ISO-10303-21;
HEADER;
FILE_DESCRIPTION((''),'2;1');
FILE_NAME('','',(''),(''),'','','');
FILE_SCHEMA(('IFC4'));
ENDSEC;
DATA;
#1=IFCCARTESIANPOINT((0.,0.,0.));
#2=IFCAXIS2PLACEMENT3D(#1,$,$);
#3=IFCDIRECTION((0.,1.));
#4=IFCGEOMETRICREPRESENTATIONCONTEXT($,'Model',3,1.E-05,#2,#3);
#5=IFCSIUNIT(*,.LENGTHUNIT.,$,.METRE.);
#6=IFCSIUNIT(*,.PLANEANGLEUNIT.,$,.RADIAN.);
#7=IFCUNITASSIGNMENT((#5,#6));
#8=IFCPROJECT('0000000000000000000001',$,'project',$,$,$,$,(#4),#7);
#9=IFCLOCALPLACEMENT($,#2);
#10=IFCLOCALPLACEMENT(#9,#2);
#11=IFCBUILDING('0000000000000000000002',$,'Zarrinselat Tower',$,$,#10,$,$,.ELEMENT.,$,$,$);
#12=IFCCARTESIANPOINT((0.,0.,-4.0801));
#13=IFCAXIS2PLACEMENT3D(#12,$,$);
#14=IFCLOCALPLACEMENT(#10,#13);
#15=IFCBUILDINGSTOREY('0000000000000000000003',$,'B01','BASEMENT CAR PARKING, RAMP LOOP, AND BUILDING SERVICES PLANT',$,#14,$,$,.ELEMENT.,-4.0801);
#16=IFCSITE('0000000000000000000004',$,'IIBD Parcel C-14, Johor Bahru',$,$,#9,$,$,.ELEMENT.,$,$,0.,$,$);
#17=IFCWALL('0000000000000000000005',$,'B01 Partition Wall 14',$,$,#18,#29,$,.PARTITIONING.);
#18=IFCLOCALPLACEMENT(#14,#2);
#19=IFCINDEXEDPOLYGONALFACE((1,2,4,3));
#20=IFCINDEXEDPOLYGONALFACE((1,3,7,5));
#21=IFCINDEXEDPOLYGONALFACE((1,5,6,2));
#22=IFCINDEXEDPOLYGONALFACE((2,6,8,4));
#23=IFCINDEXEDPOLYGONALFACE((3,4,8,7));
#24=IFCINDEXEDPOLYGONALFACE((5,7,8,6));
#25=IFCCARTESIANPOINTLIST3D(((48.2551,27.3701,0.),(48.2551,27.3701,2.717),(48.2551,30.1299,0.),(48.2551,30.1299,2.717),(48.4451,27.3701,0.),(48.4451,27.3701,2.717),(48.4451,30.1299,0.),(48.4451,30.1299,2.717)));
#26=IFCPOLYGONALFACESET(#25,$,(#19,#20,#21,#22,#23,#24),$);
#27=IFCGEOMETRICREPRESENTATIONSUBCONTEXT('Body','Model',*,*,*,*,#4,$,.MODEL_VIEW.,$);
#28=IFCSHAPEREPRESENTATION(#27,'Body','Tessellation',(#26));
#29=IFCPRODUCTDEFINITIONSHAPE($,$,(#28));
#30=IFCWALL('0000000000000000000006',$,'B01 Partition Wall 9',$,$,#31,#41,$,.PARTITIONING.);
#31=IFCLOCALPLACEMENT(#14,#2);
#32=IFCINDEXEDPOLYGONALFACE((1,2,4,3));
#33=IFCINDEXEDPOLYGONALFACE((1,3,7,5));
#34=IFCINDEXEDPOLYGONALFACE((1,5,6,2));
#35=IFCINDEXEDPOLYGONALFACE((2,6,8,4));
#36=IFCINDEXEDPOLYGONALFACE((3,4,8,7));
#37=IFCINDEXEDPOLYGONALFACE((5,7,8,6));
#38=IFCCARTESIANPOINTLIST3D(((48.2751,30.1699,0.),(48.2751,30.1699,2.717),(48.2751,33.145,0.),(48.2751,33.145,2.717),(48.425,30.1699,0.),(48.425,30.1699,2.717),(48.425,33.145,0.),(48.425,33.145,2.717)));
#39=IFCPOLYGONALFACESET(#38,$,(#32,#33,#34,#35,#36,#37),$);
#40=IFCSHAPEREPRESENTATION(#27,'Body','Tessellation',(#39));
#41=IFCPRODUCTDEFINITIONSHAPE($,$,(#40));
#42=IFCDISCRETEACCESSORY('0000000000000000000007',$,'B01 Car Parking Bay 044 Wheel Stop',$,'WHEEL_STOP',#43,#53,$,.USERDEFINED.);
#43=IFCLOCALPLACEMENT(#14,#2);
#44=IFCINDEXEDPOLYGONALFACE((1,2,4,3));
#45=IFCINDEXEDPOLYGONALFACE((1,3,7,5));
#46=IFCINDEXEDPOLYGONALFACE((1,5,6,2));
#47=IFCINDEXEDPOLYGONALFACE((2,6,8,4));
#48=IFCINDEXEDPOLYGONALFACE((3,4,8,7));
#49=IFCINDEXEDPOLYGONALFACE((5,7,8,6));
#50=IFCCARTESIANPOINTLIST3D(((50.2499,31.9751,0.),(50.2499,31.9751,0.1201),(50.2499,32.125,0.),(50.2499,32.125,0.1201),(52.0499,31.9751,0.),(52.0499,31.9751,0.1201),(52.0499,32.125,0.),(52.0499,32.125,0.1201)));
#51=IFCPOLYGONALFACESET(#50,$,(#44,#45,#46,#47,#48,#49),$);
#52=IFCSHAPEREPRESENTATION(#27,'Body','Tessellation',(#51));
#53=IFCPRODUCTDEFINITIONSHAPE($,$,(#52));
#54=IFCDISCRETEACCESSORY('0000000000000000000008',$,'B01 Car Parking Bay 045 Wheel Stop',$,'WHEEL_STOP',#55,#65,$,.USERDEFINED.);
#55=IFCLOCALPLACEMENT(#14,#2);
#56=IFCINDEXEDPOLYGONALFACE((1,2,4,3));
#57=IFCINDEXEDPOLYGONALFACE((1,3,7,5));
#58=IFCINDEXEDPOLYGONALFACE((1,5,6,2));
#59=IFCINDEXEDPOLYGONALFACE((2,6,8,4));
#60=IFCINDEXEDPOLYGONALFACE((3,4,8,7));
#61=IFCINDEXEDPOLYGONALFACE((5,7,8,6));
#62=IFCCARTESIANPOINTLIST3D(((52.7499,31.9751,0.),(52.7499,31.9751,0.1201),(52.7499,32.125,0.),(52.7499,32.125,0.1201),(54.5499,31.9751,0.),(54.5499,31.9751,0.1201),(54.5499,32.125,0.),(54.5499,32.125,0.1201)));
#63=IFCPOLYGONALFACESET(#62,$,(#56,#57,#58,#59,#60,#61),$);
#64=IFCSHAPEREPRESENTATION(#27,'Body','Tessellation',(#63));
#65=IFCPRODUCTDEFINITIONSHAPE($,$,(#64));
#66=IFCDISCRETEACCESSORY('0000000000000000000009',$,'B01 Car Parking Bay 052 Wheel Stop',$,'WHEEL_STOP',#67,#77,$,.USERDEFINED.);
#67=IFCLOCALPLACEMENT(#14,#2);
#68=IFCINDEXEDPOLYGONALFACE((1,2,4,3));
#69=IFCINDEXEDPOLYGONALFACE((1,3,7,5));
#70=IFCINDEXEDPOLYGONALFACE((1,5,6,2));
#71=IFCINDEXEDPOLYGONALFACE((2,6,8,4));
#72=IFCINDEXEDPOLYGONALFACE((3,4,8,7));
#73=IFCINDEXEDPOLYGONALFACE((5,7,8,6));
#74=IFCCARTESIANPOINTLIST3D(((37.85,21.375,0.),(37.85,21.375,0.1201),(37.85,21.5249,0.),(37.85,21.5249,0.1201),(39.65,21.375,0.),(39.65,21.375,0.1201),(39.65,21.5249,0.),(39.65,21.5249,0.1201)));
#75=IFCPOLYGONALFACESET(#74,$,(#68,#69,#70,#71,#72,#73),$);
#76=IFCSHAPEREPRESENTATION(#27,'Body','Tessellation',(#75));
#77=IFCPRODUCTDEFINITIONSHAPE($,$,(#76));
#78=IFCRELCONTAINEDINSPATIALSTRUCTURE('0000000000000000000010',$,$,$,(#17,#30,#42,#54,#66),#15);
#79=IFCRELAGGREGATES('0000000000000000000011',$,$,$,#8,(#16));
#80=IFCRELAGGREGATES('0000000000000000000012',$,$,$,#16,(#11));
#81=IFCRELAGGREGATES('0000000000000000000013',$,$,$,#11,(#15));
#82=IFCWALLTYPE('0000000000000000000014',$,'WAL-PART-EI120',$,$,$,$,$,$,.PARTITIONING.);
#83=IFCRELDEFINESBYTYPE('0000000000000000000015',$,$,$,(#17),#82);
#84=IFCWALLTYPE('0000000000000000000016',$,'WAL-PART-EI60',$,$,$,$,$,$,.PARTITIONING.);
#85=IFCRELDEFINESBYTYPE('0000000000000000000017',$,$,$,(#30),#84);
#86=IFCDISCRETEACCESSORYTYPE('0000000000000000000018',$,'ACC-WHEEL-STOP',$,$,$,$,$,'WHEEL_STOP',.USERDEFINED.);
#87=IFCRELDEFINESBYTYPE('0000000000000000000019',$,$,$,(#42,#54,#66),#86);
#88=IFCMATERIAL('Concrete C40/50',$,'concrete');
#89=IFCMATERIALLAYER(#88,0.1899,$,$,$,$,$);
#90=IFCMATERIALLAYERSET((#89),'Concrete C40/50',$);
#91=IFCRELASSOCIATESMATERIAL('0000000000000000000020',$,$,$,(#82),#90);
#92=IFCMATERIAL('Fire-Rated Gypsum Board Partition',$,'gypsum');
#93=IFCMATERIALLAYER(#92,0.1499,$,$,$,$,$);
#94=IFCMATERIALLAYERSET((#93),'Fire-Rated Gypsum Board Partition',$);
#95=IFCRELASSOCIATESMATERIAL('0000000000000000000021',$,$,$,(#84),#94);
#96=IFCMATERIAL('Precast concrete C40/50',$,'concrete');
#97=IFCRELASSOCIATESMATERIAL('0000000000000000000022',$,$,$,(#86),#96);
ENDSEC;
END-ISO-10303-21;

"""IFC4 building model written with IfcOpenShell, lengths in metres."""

from ifc_helpers import new_model, si_unit, direction, frame, frame_2d, origin, origin_2d, place, context, subcontext, project, spatial, rectangle, extrude, material, layer, layer_set, type_object, element, save


model = new_model("IFC4")

# Units and contexts
model_context = context("Model", 3, precision=1e-05, world=origin(), true_north=direction((0.0, 1.0)))
body_context = subcontext(model_context, "Body", "Model", "MODEL_VIEW")
ifc_project = project(units=[si_unit("LENGTHUNIT", "METRE"), si_unit("PLANEANGLEUNIT", "RADIAN")], contexts=[model_context])

# Site, building, storey
site_placement = place(None, origin())
site = spatial("IfcSite", under=ifc_project, at=site_placement, Name="IIBD Parcel C-14, Johor Bahru", CompositionType="ELEMENT", RefElevation=0.0)
building_placement = place(site_placement, origin())
building = spatial("IfcBuilding", under=site, at=building_placement, Name="Zarrinselat Tower", CompositionType="ELEMENT")
storey_placement = place(building_placement, frame((0.0, 0.0, -4.0801)))
storey = spatial("IfcBuildingStorey", under=building, at=storey_placement, Name="B01", Description="BASEMENT CAR PARKING, RAMP LOOP, AND BUILDING SERVICES PLANT", CompositionType="ELEMENT", Elevation=-4.0801)

# Shared definitions
ifc_material_1 = material(Name="Concrete C40/50", Category="concrete")
ifc_layer_1 = layer(ifc_material_1, 0.1899)
ifc_layer_set_1 = layer_set([ifc_layer_1], Name="Concrete C40/50")
wall_type_1 = type_object("IfcWallType", Name="WAL-PART-EI120", PredefinedType="PARTITIONING", material=ifc_layer_set_1)

# Walls
for number, where, z_axis, x_axis, name in (
    (1, (48.3501, 27.3701, 0.0), (0.0, 0.0, 1.0), (0.0, 1.0, 0.0), "B01 Partition Wall 14"),
):
    element("IfcWall", number, at=place(storey_placement, frame(where, z_axis=z_axis, x_axis=x_axis)), inside=storey, type_object=wall_type_1, Name=name, PredefinedType="PARTITIONING", context=body_context, shape_type="SweptSolid", body=[
        extrude(rectangle(XDim=2.7598, YDim=0.1899, at=frame_2d((1.3799, 0.0))), origin(), (0.0, 0.0, 1.0), 2.717),
    ])
ifc_material_2 = material(Name="Fire-Rated Gypsum Board Partition", Category="gypsum")
ifc_layer_2 = layer(ifc_material_2, 0.1499)
ifc_layer_set_2 = layer_set([ifc_layer_2], Name="Fire-Rated Gypsum Board Partition")
wall_type_2 = type_object("IfcWallType", Name="WAL-PART-EI60", PredefinedType="PARTITIONING", material=ifc_layer_set_2)
wall_1_placement = place(storey_placement, frame((48.3501, 30.1699, 0.0), z_axis=(0.0, 0.0, 1.0), x_axis=(0.0, 1.0, 0.0)))
element("IfcWall", 2, at=wall_1_placement, inside=storey, type_object=wall_type_2, Name="B01 Partition Wall 9", PredefinedType="PARTITIONING", context=body_context, shape_type="SweptSolid", body=[
    extrude(rectangle(XDim=2.9751, YDim=0.1499, at=frame_2d((1.4875, 0.0))), origin(), (0.0, 0.0, 1.0), 2.717),
])

# Discrete accessories
ifc_material_3 = material(Name="Precast concrete C40/50", Category="concrete")
discrete_accessory_type = type_object("IfcDiscreteAccessoryType", Name="ACC-WHEEL-STOP", ElementType="WHEEL_STOP", PredefinedType="USERDEFINED", material=ifc_material_3)
for number, where, z_axis, x_axis, name in (
    (3, (51.1499, 32.05, 0.0), (0.0, 0.0, 1.0), (1.0, 0.0, 0.0), "B01 Car Parking Bay 044 Wheel Stop"),
    (4, (53.6499, 32.05, 0.0), (0.0, 0.0, 1.0), (1.0, 0.0, 0.0), "B01 Car Parking Bay 045 Wheel Stop"),
    (5, (38.75, 21.45, 0.0), (0.0, 0.0, 1.0), (1.0, 0.0, 0.0), "B01 Car Parking Bay 052 Wheel Stop"),
):
    element("IfcDiscreteAccessory", number, at=place(storey_placement, frame(where, z_axis=z_axis, x_axis=x_axis)), inside=storey, type_object=discrete_accessory_type, Name=name, ObjectType="WHEEL_STOP", PredefinedType="USERDEFINED", context=body_context, shape_type="SweptSolid", body=[
        extrude(rectangle(XDim=1.8, YDim=0.1499, at=origin_2d()), origin(), (0.0, 0.0, 1.0), 0.1201),
    ])

save(model, "model.ifc")
